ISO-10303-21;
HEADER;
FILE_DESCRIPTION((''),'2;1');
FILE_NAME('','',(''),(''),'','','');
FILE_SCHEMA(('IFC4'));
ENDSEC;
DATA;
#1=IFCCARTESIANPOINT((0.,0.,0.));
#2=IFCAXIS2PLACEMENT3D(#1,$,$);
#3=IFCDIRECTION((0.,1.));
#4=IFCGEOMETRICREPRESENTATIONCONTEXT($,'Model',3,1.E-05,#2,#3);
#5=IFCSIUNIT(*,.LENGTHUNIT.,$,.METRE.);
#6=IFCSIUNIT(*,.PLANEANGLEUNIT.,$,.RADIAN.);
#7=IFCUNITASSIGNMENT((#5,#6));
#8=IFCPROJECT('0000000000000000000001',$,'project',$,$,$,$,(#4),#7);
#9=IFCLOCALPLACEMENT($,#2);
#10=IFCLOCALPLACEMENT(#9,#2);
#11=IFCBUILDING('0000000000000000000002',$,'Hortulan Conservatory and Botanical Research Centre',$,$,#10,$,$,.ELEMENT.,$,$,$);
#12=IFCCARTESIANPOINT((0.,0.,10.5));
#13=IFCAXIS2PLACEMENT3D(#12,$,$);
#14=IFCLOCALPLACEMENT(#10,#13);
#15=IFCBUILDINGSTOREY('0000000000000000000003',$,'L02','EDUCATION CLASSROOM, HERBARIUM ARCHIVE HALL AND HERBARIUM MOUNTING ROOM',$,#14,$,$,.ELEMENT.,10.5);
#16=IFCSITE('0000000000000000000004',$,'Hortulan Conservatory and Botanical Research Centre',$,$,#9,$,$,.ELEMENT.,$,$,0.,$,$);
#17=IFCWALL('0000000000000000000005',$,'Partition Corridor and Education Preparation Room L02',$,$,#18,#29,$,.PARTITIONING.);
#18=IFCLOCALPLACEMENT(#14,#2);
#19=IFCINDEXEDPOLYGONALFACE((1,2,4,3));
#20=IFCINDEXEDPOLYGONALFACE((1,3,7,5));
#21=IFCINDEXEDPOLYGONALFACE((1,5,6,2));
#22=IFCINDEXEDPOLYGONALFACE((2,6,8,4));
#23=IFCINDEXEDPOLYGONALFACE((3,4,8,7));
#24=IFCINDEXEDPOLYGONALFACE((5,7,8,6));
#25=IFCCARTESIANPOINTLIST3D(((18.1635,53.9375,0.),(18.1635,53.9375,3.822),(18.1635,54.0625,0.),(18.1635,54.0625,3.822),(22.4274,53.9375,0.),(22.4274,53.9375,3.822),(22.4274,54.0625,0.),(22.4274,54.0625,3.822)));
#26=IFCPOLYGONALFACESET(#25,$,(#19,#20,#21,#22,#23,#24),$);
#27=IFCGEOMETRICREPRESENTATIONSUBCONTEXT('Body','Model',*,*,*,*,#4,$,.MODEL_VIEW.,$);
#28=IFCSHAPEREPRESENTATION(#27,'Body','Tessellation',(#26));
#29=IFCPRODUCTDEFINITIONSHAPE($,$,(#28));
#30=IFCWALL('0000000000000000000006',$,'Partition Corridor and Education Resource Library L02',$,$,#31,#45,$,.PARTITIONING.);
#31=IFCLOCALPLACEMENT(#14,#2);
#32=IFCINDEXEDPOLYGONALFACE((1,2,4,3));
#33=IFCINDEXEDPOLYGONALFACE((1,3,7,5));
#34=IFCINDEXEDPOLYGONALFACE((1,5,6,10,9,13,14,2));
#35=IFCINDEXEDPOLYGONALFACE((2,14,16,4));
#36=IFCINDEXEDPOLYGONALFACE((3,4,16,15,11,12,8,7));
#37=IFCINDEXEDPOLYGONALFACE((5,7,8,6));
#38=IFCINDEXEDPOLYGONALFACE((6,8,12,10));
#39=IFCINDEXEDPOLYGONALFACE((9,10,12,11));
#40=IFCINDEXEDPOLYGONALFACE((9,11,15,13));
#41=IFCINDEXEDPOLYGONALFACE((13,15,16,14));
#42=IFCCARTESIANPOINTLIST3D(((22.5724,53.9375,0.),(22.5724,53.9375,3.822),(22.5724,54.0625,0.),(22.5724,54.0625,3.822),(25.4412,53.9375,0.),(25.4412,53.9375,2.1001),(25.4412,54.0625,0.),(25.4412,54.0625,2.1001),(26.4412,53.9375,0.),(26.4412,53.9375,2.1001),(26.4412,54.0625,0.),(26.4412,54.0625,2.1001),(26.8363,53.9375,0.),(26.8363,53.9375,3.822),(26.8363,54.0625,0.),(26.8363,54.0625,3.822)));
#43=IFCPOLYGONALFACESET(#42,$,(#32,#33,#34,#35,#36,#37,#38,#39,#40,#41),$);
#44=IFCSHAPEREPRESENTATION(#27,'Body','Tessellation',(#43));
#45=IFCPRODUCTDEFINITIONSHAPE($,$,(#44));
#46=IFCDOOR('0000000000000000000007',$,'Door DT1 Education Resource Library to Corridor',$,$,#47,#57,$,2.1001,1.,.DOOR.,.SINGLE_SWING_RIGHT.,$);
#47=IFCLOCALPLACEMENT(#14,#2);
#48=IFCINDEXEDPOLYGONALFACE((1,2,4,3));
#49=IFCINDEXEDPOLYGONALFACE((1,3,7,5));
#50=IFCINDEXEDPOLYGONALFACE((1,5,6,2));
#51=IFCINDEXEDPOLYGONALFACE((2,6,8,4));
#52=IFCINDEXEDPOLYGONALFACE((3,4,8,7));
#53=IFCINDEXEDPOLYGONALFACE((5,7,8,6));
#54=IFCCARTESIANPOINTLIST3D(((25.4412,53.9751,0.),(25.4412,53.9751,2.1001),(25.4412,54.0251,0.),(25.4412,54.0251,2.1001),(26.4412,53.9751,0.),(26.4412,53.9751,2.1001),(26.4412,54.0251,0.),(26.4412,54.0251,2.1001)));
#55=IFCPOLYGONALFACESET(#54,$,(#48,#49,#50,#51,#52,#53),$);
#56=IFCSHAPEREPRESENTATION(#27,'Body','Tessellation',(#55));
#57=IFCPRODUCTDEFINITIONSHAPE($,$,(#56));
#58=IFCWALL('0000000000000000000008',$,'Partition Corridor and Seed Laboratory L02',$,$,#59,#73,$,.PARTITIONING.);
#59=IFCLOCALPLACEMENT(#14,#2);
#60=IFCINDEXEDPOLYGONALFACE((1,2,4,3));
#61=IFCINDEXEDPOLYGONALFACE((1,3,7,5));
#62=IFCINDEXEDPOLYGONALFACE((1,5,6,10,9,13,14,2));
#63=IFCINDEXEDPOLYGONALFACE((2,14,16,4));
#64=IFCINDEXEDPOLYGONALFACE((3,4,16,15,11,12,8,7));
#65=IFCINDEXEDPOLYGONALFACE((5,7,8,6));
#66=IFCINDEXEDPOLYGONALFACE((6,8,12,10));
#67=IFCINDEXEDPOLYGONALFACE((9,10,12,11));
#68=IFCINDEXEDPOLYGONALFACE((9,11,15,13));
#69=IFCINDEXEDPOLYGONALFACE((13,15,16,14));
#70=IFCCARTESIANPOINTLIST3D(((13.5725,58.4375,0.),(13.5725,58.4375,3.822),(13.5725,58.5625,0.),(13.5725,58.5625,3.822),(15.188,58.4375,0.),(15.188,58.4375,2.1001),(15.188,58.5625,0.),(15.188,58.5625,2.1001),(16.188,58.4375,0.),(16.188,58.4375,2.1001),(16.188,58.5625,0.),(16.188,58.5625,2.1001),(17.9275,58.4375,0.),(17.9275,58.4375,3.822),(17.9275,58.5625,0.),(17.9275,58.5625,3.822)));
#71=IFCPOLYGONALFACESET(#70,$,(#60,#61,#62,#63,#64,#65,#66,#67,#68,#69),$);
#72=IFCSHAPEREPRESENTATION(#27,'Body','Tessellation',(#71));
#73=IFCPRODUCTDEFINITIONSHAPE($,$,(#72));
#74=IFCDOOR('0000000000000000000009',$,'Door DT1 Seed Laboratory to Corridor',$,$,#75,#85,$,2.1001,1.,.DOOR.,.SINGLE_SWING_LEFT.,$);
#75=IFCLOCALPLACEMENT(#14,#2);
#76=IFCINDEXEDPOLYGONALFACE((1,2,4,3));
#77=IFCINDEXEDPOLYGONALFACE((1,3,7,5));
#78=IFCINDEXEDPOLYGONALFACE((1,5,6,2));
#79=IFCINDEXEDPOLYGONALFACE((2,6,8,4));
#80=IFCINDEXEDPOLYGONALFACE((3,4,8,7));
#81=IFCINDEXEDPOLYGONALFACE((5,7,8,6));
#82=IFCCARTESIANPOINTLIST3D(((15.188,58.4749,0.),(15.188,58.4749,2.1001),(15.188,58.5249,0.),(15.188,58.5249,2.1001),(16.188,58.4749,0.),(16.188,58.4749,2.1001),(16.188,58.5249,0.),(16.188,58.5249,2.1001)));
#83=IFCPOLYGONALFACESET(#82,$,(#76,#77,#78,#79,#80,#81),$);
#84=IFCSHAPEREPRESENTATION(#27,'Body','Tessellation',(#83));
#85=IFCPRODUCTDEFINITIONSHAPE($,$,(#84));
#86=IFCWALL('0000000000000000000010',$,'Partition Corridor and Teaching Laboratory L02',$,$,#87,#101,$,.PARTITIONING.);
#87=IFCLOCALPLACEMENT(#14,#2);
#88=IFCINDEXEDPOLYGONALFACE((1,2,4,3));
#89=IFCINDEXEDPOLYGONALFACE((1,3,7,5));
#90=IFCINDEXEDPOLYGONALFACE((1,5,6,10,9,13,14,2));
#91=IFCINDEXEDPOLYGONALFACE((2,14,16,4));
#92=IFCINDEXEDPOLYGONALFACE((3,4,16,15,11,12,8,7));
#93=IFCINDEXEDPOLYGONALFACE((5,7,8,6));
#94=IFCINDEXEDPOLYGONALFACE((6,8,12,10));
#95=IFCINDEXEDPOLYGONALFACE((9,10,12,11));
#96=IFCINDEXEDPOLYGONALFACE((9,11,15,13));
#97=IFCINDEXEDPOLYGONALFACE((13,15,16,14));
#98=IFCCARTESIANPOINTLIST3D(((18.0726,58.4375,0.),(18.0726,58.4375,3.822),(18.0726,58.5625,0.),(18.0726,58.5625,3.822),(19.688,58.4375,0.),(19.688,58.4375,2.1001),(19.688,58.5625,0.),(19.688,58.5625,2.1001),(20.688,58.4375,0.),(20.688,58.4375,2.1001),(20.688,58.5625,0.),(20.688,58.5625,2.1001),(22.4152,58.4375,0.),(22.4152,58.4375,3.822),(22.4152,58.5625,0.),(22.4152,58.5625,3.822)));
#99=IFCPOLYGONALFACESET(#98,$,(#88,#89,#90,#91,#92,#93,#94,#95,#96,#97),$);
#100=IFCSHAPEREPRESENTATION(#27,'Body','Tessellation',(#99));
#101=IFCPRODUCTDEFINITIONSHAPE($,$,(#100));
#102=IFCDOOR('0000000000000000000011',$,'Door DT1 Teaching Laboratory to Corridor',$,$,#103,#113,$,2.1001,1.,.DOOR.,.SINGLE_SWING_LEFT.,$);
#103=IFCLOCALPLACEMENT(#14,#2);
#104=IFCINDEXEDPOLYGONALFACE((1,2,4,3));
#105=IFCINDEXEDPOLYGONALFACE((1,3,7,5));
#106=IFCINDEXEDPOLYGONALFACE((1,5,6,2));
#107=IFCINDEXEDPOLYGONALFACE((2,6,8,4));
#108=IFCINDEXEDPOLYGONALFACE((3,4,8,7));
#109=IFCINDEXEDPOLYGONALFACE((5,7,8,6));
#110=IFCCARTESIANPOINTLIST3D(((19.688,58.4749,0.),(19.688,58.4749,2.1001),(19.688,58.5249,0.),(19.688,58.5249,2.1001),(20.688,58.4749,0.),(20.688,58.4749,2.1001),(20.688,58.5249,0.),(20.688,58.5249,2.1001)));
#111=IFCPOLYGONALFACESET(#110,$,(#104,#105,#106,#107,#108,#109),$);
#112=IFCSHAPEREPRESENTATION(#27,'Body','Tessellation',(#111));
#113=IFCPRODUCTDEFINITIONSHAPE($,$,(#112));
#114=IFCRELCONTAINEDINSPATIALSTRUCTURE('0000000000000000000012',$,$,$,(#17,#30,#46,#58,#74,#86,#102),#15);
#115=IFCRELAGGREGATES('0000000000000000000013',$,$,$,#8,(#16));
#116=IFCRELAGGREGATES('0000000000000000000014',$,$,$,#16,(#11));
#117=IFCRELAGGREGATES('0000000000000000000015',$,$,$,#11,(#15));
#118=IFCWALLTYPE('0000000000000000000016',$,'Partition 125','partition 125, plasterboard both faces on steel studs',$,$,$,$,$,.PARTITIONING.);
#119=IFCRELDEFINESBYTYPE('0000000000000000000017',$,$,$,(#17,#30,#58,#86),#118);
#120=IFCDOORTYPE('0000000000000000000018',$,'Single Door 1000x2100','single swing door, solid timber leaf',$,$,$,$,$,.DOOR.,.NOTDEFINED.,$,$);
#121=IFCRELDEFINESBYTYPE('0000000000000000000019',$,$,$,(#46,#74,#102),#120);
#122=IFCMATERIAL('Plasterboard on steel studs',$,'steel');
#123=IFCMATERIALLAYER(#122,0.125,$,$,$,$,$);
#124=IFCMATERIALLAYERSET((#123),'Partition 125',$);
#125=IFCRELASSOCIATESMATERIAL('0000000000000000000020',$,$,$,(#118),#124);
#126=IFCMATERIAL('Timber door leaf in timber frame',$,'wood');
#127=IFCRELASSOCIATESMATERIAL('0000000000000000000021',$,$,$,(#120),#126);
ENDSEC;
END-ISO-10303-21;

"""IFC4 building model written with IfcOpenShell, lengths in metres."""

from ifc_helpers import new_model, si_unit, direction, frame, frame_2d, origin, place, context, subcontext, project, spatial, rectangle, extrude, material, layer, layer_set, type_object, element, fill, save


model = new_model("IFC4")

# Units and contexts
model_context = context("Model", 3, precision=1e-05, world=origin(), true_north=direction((0.0, 1.0)))
body_context = subcontext(model_context, "Body", "Model", "MODEL_VIEW")
ifc_project = project(units=[si_unit("LENGTHUNIT", "METRE"), si_unit("PLANEANGLEUNIT", "RADIAN")], contexts=[model_context])

# Site, building, storey
site_placement = place(None, origin())
site = spatial("IfcSite", under=ifc_project, at=site_placement, Name="Hortulan Conservatory and Botanical Research Centre", CompositionType="ELEMENT", RefElevation=0.0)
building_placement = place(site_placement, origin())
building = spatial("IfcBuilding", under=site, at=building_placement, Name="Hortulan Conservatory and Botanical Research Centre", CompositionType="ELEMENT")
storey_placement = place(building_placement, frame((0.0, 0.0, 10.5)))
storey = spatial("IfcBuildingStorey", under=building, at=storey_placement, Name="L02", Description="EDUCATION CLASSROOM, HERBARIUM ARCHIVE HALL AND HERBARIUM MOUNTING ROOM", CompositionType="ELEMENT", Elevation=10.5)

# Wall
ifc_material_1 = material(Name="Plasterboard on steel studs", Category="steel")
ifc_layer_1 = layer(ifc_material_1, 0.125)
ifc_layer_set_1 = layer_set([ifc_layer_1], Name="Partition 125")
wall_type_1 = type_object("IfcWallType", Name="Partition 125", Description="partition 125, plasterboard both faces on steel studs", PredefinedType="PARTITIONING", material=ifc_layer_set_1)
wall_1_placement = place(storey_placement, frame((18.1636, 54.0, 0.0), z_axis=(0.0, 0.0, 1.0), x_axis=(1.0, 0.0, 0.0)))
element("IfcWall", 1, at=wall_1_placement, inside=storey, type_object=wall_type_1, Name="Partition Corridor and Education Preparation Room L02", PredefinedType="PARTITIONING", context=body_context, shape_type="SweptSolid", body=[
    extrude(rectangle(XDim=4.2639, YDim=0.125, at=frame_2d((2.1318, 0.0))), origin(), (0.0, 0.0, 1.0), 3.822),
])

# Walls, openings, doors
wall_2_placement = place(storey_placement, frame((22.5725, 54.0, 0.0), z_axis=(0.0, 0.0, 1.0), x_axis=(1.0, 0.0, 0.0)))
wall_2 = element("IfcWall", 2, at=wall_2_placement, inside=storey, type_object=wall_type_1, Name="Partition Corridor and Education Resource Library L02", PredefinedType="PARTITIONING", context=body_context, shape_type="SweptSolid", body=[
    extrude(rectangle(XDim=4.2639, YDim=0.125, at=frame_2d((2.1318, 0.0))), origin(), (0.0, 0.0, 1.0), 3.822),
])
opening_1_placement = place(wall_2_placement, frame((2.8687, 0.0, 0.0)))
opening_1 = element("IfcOpeningElement", 3, at=opening_1_placement, cuts=wall_2, PredefinedType="OPENING", context=body_context, shape_type="SweptSolid", body=[
    extrude(rectangle(XDim=1.0, YDim=2.1001, at=frame_2d((0.5, 1.05))), frame((0.0, 0.0725, 0.0), z_axis=(0.0, -1.0, 0.0), x_axis=(1.0, 0.0, 0.0)), (0.0, 0.0, 1.0), 0.145),
])
ifc_material_2 = material(Name="Timber door leaf in timber frame", Category="wood")
door_type_1 = type_object("IfcDoorType", Name="Single Door 1000x2100", Description="single swing door, solid timber leaf", OperationType="NOTDEFINED", PredefinedType="DOOR", material=ifc_material_2)
door_1_placement = place(opening_1_placement, frame((1.0, 0.0, 0.0), z_axis=(0.0, 0.0, 1.0), x_axis=(-1.0, 0.0, 0.0)))
door_1 = element("IfcDoor", 4, at=door_1_placement, inside=storey, type_object=door_type_1, Name="Door DT1 Education Resource Library to Corridor", OperationType="SINGLE_SWING_RIGHT", OverallHeight=2.1001, OverallWidth=1.0, PredefinedType="DOOR", context=body_context, shape_type="SweptSolid", body=[
    extrude(rectangle(XDim=1.0, YDim=2.1001, at=frame_2d((0.5, 1.05))), frame((0.0, 0.0249, 0.0), z_axis=(0.0, -1.0, 0.0), x_axis=(1.0, 0.0, 0.0)), (0.0, 0.0, 1.0), 0.05),
])
fill(opening_1, door_1)
wall_3_placement = place(storey_placement, frame((13.5725, 58.5, 0.0), z_axis=(0.0, 0.0, 1.0), x_axis=(1.0, 0.0, 0.0)))
wall_3 = element("IfcWall", 5, at=wall_3_placement, inside=storey, type_object=wall_type_1, Name="Partition Corridor and Seed Laboratory L02", PredefinedType="PARTITIONING", context=body_context, shape_type="SweptSolid", body=[
    extrude(rectangle(XDim=4.355, YDim=0.125, at=frame_2d((2.1775, 0.0))), origin(), (0.0, 0.0, 1.0), 3.822),
])
opening_2_placement = place(wall_3_placement, frame((1.6155, 0.0, 0.0)))
opening_2 = element("IfcOpeningElement", 6, at=opening_2_placement, cuts=wall_3, PredefinedType="OPENING", context=body_context, shape_type="SweptSolid", body=[
    extrude(rectangle(XDim=1.0, YDim=2.1001, at=frame_2d((0.5, 1.05))), frame((0.0, 0.0725, 0.0), z_axis=(0.0, -1.0, 0.0), x_axis=(1.0, 0.0, 0.0)), (0.0, 0.0, 1.0), 0.145),
])
door_2_placement = place(opening_2_placement, origin())
door_2 = element("IfcDoor", 7, at=door_2_placement, inside=storey, type_object=door_type_1, Name="Door DT1 Seed Laboratory to Corridor", OperationType="SINGLE_SWING_LEFT", OverallHeight=2.1001, OverallWidth=1.0, PredefinedType="DOOR", context=body_context, shape_type="SweptSolid", body=[
    extrude(rectangle(XDim=1.0, YDim=2.1001, at=frame_2d((0.5, 1.05))), frame((0.0, 0.0249, 0.0), z_axis=(0.0, -1.0, 0.0), x_axis=(1.0, 0.0, 0.0)), (0.0, 0.0, 1.0), 0.05),
])
fill(opening_2, door_2)
wall_4_placement = place(storey_placement, frame((18.0725, 58.5, 0.0), z_axis=(0.0, 0.0, 1.0), x_axis=(1.0, 0.0, 0.0)))
wall_4 = element("IfcWall", 8, at=wall_4_placement, inside=storey, type_object=wall_type_1, Name="Partition Corridor and Teaching Laboratory L02", PredefinedType="PARTITIONING", context=body_context, shape_type="SweptSolid", body=[
    extrude(rectangle(XDim=4.3425, YDim=0.125, at=frame_2d((2.1714, 0.0))), origin(), (0.0, 0.0, 1.0), 3.822),
])
opening_3_placement = place(wall_4_placement, frame((1.6155, 0.0, 0.0)))
opening_3 = element("IfcOpeningElement", 9, at=opening_3_placement, cuts=wall_4, PredefinedType="OPENING", context=body_context, shape_type="SweptSolid", body=[
    extrude(rectangle(XDim=1.0, YDim=2.1001, at=frame_2d((0.5, 1.05))), frame((0.0, 0.0725, 0.0), z_axis=(0.0, -1.0, 0.0), x_axis=(1.0, 0.0, 0.0)), (0.0, 0.0, 1.0), 0.145),
])
door_3_placement = place(opening_3_placement, origin())
door_3 = element("IfcDoor", 10, at=door_3_placement, inside=storey, type_object=door_type_1, Name="Door DT1 Teaching Laboratory to Corridor", OperationType="SINGLE_SWING_LEFT", OverallHeight=2.1001, OverallWidth=1.0, PredefinedType="DOOR", context=body_context, shape_type="SweptSolid", body=[
    extrude(rectangle(XDim=1.0, YDim=2.1001, at=frame_2d((0.5, 1.05))), frame((0.0, 0.0249, 0.0), z_axis=(0.0, -1.0, 0.0), x_axis=(1.0, 0.0, 0.0)), (0.0, 0.0, 1.0), 0.05),
])
fill(opening_3, door_3)

save(model, "model.ifc")
